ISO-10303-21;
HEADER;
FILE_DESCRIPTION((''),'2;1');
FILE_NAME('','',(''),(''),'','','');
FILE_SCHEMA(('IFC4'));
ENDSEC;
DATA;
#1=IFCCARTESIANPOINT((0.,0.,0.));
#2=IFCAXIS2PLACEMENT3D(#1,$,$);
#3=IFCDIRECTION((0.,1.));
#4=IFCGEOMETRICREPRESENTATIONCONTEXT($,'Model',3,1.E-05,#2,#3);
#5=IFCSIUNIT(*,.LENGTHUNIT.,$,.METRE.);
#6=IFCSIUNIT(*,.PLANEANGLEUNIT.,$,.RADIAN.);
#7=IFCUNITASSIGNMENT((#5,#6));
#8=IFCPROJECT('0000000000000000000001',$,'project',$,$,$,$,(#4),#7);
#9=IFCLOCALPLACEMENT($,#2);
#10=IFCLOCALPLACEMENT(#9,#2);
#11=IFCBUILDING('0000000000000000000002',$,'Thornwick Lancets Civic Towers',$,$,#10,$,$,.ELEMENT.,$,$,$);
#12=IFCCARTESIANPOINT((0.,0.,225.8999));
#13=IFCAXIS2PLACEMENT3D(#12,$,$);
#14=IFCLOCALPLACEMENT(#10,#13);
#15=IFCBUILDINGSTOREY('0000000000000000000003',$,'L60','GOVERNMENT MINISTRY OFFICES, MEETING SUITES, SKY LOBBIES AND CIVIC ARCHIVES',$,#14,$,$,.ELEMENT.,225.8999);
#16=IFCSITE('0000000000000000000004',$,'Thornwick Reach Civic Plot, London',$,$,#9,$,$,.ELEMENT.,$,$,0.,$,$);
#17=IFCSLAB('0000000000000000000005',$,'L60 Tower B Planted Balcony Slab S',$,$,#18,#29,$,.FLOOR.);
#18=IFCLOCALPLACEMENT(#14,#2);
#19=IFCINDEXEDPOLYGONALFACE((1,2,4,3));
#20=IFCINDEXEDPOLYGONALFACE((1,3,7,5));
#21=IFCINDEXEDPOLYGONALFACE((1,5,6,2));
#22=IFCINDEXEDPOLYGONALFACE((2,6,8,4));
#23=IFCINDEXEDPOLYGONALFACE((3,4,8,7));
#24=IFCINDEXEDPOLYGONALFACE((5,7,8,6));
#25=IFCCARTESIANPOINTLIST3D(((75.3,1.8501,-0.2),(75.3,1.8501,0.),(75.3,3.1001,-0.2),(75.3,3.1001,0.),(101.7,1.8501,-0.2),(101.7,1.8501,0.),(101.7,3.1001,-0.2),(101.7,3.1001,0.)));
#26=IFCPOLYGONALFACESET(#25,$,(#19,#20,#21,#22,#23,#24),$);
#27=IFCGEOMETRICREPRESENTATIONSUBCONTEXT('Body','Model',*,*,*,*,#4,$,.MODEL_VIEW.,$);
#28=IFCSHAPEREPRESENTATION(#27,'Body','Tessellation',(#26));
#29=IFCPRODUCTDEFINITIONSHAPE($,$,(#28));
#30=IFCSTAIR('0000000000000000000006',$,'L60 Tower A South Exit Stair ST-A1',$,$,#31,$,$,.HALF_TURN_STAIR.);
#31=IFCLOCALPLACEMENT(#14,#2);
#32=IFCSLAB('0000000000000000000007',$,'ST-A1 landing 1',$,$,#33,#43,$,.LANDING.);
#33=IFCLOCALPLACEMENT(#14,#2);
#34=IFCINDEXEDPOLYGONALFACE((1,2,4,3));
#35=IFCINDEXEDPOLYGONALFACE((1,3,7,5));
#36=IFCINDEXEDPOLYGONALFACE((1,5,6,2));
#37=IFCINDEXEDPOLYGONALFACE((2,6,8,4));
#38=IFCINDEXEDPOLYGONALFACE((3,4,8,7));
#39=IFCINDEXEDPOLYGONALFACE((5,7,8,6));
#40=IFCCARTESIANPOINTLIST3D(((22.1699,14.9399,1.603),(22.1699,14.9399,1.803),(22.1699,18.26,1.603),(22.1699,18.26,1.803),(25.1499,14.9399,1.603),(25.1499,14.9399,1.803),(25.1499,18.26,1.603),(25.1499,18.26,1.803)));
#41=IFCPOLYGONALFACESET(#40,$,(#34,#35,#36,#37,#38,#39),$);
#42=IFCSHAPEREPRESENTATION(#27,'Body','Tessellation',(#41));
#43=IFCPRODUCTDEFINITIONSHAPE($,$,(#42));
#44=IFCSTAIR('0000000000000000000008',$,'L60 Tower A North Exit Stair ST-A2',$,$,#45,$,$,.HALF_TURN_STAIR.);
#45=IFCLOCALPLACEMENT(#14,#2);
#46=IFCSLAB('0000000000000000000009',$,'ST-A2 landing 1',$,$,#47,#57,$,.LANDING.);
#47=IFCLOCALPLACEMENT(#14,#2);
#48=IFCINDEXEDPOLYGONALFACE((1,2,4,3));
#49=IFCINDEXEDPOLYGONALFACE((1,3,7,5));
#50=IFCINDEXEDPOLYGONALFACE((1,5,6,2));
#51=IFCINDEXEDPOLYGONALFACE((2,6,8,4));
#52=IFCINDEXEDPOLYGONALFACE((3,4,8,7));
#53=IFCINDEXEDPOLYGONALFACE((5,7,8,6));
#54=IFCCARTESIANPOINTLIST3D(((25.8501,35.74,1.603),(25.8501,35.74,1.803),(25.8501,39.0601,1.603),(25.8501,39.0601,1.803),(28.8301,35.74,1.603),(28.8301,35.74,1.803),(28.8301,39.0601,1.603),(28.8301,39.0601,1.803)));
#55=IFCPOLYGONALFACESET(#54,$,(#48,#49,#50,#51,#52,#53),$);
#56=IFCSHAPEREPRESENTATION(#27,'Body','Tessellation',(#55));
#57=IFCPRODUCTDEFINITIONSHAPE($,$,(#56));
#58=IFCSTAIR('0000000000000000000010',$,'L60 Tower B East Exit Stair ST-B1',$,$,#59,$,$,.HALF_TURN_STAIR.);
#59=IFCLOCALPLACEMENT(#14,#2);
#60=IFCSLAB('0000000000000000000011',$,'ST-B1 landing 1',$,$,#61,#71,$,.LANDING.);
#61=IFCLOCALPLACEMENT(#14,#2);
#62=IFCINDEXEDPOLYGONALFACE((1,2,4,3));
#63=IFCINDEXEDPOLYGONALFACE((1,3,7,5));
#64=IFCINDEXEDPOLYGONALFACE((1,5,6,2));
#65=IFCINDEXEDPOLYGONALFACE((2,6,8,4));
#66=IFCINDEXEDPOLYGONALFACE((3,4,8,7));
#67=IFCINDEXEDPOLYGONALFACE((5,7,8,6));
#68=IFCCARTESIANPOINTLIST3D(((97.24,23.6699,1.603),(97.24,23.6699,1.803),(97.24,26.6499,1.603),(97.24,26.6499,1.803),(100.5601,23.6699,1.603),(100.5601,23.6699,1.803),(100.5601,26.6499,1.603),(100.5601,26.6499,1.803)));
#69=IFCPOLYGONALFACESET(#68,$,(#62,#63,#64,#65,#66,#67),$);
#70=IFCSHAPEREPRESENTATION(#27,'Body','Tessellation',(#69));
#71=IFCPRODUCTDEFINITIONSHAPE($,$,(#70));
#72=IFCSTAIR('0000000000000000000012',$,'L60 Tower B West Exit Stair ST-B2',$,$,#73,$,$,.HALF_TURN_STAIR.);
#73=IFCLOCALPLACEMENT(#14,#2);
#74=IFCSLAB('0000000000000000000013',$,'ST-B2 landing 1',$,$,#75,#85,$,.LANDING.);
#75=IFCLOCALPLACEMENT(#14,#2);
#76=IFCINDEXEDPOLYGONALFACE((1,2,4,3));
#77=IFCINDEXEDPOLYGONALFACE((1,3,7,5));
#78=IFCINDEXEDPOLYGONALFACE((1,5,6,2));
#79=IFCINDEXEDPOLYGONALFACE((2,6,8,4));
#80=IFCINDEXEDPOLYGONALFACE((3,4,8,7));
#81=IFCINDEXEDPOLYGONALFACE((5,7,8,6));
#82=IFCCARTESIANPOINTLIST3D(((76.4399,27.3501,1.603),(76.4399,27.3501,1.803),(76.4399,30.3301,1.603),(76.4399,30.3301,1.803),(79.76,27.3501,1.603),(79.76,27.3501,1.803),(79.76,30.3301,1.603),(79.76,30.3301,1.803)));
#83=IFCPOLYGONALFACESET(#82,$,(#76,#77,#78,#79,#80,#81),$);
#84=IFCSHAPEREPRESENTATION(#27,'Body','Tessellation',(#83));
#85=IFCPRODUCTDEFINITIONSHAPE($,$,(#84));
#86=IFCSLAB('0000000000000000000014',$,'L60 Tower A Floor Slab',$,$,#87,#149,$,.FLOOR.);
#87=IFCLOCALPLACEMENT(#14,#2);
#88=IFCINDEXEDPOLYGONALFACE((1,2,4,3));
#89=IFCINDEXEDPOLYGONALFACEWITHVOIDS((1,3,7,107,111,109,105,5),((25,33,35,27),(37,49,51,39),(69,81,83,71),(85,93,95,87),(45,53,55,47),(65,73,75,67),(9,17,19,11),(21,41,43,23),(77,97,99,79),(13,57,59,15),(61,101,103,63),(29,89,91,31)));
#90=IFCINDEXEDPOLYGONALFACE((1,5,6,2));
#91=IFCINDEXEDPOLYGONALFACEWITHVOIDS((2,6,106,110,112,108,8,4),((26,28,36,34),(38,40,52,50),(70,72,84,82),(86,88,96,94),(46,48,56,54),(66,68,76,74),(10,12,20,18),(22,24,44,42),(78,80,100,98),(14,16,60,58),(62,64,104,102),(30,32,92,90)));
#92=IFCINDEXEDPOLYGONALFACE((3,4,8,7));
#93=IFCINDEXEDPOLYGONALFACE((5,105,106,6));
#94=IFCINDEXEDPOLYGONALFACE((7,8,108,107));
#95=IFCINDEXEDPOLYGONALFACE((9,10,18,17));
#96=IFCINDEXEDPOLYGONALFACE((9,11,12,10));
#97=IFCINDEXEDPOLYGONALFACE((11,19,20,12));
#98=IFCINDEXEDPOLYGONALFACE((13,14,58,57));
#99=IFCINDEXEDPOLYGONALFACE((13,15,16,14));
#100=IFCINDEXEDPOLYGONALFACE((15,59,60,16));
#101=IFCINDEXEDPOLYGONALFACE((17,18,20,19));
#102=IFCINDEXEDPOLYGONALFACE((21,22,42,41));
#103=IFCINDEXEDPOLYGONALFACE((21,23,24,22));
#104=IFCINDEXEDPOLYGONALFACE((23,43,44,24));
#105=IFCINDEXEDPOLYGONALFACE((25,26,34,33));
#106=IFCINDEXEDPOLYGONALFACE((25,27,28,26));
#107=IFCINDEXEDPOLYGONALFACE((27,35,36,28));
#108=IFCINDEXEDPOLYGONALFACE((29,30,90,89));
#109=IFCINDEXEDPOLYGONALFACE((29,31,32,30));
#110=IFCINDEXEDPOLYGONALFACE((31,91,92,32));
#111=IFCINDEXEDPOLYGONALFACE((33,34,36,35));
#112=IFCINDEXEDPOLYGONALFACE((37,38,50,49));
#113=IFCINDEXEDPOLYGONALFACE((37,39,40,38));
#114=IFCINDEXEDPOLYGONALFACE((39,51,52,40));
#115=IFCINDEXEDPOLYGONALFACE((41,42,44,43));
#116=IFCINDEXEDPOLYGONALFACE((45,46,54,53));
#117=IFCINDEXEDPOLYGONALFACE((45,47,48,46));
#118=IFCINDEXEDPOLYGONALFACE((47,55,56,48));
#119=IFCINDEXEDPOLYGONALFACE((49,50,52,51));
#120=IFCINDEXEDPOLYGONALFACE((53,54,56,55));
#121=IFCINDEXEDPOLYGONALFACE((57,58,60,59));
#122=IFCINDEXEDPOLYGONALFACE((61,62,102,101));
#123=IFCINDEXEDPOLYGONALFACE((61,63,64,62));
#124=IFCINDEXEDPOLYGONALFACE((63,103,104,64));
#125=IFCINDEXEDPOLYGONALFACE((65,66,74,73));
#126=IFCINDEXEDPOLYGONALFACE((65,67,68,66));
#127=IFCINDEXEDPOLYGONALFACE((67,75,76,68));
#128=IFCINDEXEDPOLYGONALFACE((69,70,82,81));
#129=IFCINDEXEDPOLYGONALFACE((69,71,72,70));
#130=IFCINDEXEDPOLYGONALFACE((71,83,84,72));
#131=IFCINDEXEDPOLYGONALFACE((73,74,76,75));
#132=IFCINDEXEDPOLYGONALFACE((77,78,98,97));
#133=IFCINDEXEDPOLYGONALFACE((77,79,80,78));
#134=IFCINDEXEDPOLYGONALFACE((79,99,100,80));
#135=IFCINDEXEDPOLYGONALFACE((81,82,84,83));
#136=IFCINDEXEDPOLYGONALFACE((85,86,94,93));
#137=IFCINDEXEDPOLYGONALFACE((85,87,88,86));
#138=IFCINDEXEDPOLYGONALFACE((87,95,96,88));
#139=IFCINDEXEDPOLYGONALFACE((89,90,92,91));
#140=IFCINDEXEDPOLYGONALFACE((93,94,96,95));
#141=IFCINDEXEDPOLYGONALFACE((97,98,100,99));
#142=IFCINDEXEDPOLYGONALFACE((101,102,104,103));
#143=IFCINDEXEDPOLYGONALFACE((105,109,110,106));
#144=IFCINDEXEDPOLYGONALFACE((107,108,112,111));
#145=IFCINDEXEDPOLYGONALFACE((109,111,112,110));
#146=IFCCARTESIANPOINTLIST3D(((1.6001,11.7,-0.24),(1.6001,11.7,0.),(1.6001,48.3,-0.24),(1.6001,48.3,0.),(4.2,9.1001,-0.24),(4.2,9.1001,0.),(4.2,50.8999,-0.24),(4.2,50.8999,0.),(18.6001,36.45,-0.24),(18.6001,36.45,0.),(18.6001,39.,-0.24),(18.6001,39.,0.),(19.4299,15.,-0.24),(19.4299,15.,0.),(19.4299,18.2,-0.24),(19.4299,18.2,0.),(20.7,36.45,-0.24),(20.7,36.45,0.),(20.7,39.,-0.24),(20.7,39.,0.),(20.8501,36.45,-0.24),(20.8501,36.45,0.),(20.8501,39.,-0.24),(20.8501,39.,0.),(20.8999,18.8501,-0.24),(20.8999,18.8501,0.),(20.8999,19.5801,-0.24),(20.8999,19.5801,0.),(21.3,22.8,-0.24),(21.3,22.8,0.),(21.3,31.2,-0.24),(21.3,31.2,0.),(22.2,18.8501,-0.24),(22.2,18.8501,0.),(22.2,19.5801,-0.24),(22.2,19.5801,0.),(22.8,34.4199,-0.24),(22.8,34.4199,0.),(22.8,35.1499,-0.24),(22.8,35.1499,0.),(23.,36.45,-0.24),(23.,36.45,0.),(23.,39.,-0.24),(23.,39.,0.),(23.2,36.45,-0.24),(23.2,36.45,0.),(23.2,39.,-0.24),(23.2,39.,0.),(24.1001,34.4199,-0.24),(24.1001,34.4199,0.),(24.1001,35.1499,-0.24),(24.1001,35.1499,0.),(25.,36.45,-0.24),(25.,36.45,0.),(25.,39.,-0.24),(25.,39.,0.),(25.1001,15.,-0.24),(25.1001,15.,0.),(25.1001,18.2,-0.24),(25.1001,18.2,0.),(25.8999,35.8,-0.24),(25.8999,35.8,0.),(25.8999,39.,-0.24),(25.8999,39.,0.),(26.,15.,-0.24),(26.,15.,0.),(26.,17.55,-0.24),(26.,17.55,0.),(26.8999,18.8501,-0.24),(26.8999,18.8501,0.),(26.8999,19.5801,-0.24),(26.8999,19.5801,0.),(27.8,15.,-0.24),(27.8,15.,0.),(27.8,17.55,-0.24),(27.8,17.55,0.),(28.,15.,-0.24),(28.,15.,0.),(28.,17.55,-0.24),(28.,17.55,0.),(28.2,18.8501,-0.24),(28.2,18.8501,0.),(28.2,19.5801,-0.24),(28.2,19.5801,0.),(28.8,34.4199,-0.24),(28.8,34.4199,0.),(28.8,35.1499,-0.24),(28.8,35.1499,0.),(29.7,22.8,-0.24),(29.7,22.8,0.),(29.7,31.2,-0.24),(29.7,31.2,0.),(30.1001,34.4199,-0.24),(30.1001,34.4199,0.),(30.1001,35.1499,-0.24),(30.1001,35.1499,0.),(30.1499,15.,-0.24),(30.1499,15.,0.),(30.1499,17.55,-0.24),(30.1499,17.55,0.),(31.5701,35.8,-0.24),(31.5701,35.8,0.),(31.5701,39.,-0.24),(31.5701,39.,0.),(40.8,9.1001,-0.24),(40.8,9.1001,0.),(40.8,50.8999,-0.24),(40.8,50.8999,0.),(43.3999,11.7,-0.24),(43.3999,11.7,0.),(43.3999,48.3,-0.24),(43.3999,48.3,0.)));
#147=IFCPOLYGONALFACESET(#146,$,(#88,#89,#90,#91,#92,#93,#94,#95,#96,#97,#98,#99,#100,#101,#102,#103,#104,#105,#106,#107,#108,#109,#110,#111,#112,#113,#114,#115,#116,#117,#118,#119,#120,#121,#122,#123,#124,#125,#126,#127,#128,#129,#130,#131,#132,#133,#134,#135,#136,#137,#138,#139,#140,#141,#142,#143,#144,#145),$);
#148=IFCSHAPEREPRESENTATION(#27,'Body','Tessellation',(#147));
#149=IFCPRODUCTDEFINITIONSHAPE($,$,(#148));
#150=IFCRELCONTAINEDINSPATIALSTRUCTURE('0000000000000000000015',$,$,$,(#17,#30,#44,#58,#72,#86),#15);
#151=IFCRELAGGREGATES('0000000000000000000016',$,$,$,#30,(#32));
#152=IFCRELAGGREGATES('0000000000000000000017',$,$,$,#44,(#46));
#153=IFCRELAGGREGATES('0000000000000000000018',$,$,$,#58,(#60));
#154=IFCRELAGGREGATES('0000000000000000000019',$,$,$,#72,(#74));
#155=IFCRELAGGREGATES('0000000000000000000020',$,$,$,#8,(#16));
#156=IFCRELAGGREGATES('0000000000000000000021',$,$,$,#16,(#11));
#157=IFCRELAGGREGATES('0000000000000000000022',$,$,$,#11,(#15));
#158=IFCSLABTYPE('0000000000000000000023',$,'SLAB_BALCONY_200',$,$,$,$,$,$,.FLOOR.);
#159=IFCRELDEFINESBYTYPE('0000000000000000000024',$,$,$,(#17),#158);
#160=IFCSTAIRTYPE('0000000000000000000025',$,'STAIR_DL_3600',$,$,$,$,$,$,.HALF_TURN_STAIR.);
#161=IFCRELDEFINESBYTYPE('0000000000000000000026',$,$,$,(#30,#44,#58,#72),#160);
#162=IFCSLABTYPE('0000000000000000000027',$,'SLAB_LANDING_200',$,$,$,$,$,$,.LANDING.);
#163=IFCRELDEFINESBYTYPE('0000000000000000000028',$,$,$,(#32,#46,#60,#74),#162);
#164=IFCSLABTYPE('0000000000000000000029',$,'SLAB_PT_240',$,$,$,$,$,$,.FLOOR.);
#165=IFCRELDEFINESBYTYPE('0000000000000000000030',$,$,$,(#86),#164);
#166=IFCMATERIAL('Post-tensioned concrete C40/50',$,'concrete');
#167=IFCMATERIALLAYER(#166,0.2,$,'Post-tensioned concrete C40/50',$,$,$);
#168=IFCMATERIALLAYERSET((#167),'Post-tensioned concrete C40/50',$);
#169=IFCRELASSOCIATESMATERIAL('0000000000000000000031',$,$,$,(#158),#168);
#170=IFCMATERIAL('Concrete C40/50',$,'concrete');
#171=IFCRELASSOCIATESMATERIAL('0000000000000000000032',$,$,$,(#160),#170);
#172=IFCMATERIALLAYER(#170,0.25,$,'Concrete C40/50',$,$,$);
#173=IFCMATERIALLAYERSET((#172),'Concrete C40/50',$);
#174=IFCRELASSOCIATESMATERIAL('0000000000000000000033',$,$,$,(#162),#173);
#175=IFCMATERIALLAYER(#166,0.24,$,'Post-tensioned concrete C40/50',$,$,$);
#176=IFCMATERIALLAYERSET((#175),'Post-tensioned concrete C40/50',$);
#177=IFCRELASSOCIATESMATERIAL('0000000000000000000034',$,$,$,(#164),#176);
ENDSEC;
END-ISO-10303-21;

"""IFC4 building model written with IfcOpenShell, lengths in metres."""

from ifc_helpers import new_model, si_unit, direction, frame, origin, place, context, subcontext, project, spatial, polyline, outline, extrude, material, layer, layer_set, type_object, element, aggregate, save


model = new_model("IFC4")

# Units and contexts
model_context = context("Model", 3, precision=1e-05, world=origin(), true_north=direction((0.0, 1.0)))
body_context = subcontext(model_context, "Body", "Model", "MODEL_VIEW")
ifc_project = project(units=[si_unit("LENGTHUNIT", "METRE"), si_unit("PLANEANGLEUNIT", "RADIAN")], contexts=[model_context])

# Site, building, storey
site_placement = place(None, origin())
site = spatial("IfcSite", under=ifc_project, at=site_placement, Name="Thornwick Reach Civic Plot, London", CompositionType="ELEMENT", RefElevation=0.0)
building_placement = place(site_placement, origin())
building = spatial("IfcBuilding", under=site, at=building_placement, Name="Thornwick Lancets Civic Towers", CompositionType="ELEMENT")
storey_placement = place(building_placement, frame((0.0, 0.0, 225.8999)))
storey = spatial("IfcBuildingStorey", under=building, at=storey_placement, Name="L60", Description="GOVERNMENT MINISTRY OFFICES, MEETING SUITES, SKY LOBBIES AND CIVIC ARCHIVES", CompositionType="ELEMENT", Elevation=225.8999)

# Slab
ifc_material_1 = material(Name="Post-tensioned concrete C40/50", Category="concrete")
ifc_layer_1 = layer(ifc_material_1, 0.2, Name="Post-tensioned concrete C40/50")
ifc_layer_set_1 = layer_set([ifc_layer_1], Name="Post-tensioned concrete C40/50")
slab_type_1 = type_object("IfcSlabType", Name="SLAB_BALCONY_200", PredefinedType="FLOOR", material=ifc_layer_set_1)
slab_1_placement = place(storey_placement, frame((0.0, 0.0, -0.2)))
element("IfcSlab", 1, at=slab_1_placement, inside=storey, type_object=slab_type_1, Name="L60 Tower B Planted Balcony Slab S", PredefinedType="FLOOR", context=body_context, shape_type="SweptSolid", body=[
    extrude(outline(polyline([(75.3, 1.8501), (101.7, 1.8501), (101.7, 3.1001), (75.3, 3.1001), (75.3, 1.8501)])), origin(), (0.0, 0.0, 1.0), 0.2),
])

# Stairs, slabs
ifc_material_2 = material(Name="Concrete C40/50", Category="concrete")
stair_type = type_object("IfcStairType", Name="STAIR_DL_3600", PredefinedType="HALF_TURN_STAIR", material=ifc_material_2)
stair_1_placement = place(storey_placement, origin())
stair_1 = element("IfcStair", 2, at=stair_1_placement, inside=storey, type_object=stair_type, Name="L60 Tower A South Exit Stair ST-A1", PredefinedType="HALF_TURN_STAIR")
ifc_layer_2 = layer(ifc_material_2, 0.25, Name="Concrete C40/50")
ifc_layer_set_2 = layer_set([ifc_layer_2], Name="Concrete C40/50")
slab_type_2 = type_object("IfcSlabType", Name="SLAB_LANDING_200", PredefinedType="LANDING", material=ifc_layer_set_2)
slab_2_placement = place(storey_placement, frame((0.0, 0.0, 1.603)))
slab_2 = element("IfcSlab", 3, at=slab_2_placement, type_object=slab_type_2, Name="ST-A1 landing 1", PredefinedType="LANDING", context=body_context, shape_type="SweptSolid", body=[
    extrude(outline(polyline([(22.1699, 14.9399), (25.1499, 14.9399), (25.1499, 18.26), (22.1699, 18.26), (22.1699, 14.9399)])), origin(), (0.0, 0.0, 1.0), 0.2),
])
aggregate(stair_1, [slab_2])
stair_2_placement = place(storey_placement, origin())
stair_2 = element("IfcStair", 4, at=stair_2_placement, inside=storey, type_object=stair_type, Name="L60 Tower A North Exit Stair ST-A2", PredefinedType="HALF_TURN_STAIR")
slab_3_placement = place(storey_placement, frame((0.0, 0.0, 1.603)))
slab_3 = element("IfcSlab", 5, at=slab_3_placement, type_object=slab_type_2, Name="ST-A2 landing 1", PredefinedType="LANDING", context=body_context, shape_type="SweptSolid", body=[
    extrude(outline(polyline([(28.8301, 39.0601), (25.8501, 39.0601), (25.8501, 35.74), (28.8301, 35.74), (28.8301, 39.0601)])), origin(), (0.0, 0.0, 1.0), 0.2),
])
aggregate(stair_2, [slab_3])
stair_3_placement = place(storey_placement, origin())
stair_3 = element("IfcStair", 6, at=stair_3_placement, inside=storey, type_object=stair_type, Name="L60 Tower B East Exit Stair ST-B1", PredefinedType="HALF_TURN_STAIR")
slab_4_placement = place(storey_placement, frame((0.0, 0.0, 1.603)))
slab_4 = element("IfcSlab", 7, at=slab_4_placement, type_object=slab_type_2, Name="ST-B1 landing 1", PredefinedType="LANDING", context=body_context, shape_type="SweptSolid", body=[
    extrude(outline(polyline([(100.5601, 23.6699), (100.5601, 26.6499), (97.24, 26.6499), (97.24, 23.6699), (100.5601, 23.6699)])), origin(), (0.0, 0.0, 1.0), 0.2),
])
aggregate(stair_3, [slab_4])
stair_4_placement = place(storey_placement, origin())
stair_4 = element("IfcStair", 8, at=stair_4_placement, inside=storey, type_object=stair_type, Name="L60 Tower B West Exit Stair ST-B2", PredefinedType="HALF_TURN_STAIR")
slab_5_placement = place(storey_placement, frame((0.0, 0.0, 1.603)))
slab_5 = element("IfcSlab", 9, at=slab_5_placement, type_object=slab_type_2, Name="ST-B2 landing 1", PredefinedType="LANDING", context=body_context, shape_type="SweptSolid", body=[
    extrude(outline(polyline([(76.4399, 30.3301), (76.4399, 27.3501), (79.76, 27.3501), (79.76, 30.3301), (76.4399, 30.3301)])), origin(), (0.0, 0.0, 1.0), 0.2),
])
aggregate(stair_4, [slab_5])

# Slab
ifc_layer_3 = layer(ifc_material_1, 0.24, Name="Post-tensioned concrete C40/50")
ifc_layer_set_3 = layer_set([ifc_layer_3], Name="Post-tensioned concrete C40/50")
slab_type_3 = type_object("IfcSlabType", Name="SLAB_PT_240", PredefinedType="FLOOR", material=ifc_layer_set_3)
slab_6_placement = place(storey_placement, frame((0.0, 0.0, -0.24)))
element("IfcSlab", 10, at=slab_6_placement, inside=storey, type_object=slab_type_3, Name="L60 Tower A Floor Slab", PredefinedType="FLOOR", context=body_context, shape_type="SweptSolid", body=[
    extrude(outline(polyline([(4.2, 9.1001), (40.8, 9.1001), (43.3999, 11.7), (43.3999, 48.3), (40.8, 50.8999), (4.2, 50.8999), (1.6001, 48.3), (1.6001, 11.7), (4.2, 9.1001)]), holes=[polyline([(21.3, 22.8), (29.7, 22.8), (29.7, 31.2), (21.3, 31.2), (21.3, 22.8)]), polyline([(19.4299, 15.0), (25.1001, 15.0), (25.1001, 18.2), (19.4299, 18.2), (19.4299, 15.0)]), polyline([(31.5701, 39.0), (25.8999, 39.0), (25.8999, 35.8), (31.5701, 35.8), (31.5701, 39.0)]), polyline([(26.0, 15.0), (27.8, 15.0), (27.8, 17.55), (26.0, 17.55), (26.0, 15.0)]), polyline([(28.0, 15.0), (30.1499, 15.0), (30.1499, 17.55), (28.0, 17.55), (28.0, 15.0)]), polyline([(23.2, 36.45), (25.0, 36.45), (25.0, 39.0), (23.2, 39.0), (23.2, 36.45)]), polyline([(20.8501, 36.45), (23.0, 36.45), (23.0, 39.0), (20.8501, 39.0), (20.8501, 36.45)]), polyline([(18.6001, 36.45), (20.7, 36.45), (20.7, 39.0), (18.6001, 39.0), (18.6001, 36.45)]), polyline([(26.8999, 18.8501), (28.2, 18.8501), (28.2, 19.5801), (26.8999, 19.5801), (26.8999, 18.8501)]), polyline([(20.8999, 18.8501), (22.2, 18.8501), (22.2, 19.5801), (20.8999, 19.5801), (20.8999, 18.8501)]), polyline([(22.8, 34.4199), (24.1001, 34.4199), (24.1001, 35.1499), (22.8, 35.1499), (22.8, 34.4199)]), polyline([(28.8, 34.4199), (30.1001, 34.4199), (30.1001, 35.1499), (28.8, 35.1499), (28.8, 34.4199)])]), origin(), (0.0, 0.0, 1.0), 0.24),
])

save(model, "model.ifc")
